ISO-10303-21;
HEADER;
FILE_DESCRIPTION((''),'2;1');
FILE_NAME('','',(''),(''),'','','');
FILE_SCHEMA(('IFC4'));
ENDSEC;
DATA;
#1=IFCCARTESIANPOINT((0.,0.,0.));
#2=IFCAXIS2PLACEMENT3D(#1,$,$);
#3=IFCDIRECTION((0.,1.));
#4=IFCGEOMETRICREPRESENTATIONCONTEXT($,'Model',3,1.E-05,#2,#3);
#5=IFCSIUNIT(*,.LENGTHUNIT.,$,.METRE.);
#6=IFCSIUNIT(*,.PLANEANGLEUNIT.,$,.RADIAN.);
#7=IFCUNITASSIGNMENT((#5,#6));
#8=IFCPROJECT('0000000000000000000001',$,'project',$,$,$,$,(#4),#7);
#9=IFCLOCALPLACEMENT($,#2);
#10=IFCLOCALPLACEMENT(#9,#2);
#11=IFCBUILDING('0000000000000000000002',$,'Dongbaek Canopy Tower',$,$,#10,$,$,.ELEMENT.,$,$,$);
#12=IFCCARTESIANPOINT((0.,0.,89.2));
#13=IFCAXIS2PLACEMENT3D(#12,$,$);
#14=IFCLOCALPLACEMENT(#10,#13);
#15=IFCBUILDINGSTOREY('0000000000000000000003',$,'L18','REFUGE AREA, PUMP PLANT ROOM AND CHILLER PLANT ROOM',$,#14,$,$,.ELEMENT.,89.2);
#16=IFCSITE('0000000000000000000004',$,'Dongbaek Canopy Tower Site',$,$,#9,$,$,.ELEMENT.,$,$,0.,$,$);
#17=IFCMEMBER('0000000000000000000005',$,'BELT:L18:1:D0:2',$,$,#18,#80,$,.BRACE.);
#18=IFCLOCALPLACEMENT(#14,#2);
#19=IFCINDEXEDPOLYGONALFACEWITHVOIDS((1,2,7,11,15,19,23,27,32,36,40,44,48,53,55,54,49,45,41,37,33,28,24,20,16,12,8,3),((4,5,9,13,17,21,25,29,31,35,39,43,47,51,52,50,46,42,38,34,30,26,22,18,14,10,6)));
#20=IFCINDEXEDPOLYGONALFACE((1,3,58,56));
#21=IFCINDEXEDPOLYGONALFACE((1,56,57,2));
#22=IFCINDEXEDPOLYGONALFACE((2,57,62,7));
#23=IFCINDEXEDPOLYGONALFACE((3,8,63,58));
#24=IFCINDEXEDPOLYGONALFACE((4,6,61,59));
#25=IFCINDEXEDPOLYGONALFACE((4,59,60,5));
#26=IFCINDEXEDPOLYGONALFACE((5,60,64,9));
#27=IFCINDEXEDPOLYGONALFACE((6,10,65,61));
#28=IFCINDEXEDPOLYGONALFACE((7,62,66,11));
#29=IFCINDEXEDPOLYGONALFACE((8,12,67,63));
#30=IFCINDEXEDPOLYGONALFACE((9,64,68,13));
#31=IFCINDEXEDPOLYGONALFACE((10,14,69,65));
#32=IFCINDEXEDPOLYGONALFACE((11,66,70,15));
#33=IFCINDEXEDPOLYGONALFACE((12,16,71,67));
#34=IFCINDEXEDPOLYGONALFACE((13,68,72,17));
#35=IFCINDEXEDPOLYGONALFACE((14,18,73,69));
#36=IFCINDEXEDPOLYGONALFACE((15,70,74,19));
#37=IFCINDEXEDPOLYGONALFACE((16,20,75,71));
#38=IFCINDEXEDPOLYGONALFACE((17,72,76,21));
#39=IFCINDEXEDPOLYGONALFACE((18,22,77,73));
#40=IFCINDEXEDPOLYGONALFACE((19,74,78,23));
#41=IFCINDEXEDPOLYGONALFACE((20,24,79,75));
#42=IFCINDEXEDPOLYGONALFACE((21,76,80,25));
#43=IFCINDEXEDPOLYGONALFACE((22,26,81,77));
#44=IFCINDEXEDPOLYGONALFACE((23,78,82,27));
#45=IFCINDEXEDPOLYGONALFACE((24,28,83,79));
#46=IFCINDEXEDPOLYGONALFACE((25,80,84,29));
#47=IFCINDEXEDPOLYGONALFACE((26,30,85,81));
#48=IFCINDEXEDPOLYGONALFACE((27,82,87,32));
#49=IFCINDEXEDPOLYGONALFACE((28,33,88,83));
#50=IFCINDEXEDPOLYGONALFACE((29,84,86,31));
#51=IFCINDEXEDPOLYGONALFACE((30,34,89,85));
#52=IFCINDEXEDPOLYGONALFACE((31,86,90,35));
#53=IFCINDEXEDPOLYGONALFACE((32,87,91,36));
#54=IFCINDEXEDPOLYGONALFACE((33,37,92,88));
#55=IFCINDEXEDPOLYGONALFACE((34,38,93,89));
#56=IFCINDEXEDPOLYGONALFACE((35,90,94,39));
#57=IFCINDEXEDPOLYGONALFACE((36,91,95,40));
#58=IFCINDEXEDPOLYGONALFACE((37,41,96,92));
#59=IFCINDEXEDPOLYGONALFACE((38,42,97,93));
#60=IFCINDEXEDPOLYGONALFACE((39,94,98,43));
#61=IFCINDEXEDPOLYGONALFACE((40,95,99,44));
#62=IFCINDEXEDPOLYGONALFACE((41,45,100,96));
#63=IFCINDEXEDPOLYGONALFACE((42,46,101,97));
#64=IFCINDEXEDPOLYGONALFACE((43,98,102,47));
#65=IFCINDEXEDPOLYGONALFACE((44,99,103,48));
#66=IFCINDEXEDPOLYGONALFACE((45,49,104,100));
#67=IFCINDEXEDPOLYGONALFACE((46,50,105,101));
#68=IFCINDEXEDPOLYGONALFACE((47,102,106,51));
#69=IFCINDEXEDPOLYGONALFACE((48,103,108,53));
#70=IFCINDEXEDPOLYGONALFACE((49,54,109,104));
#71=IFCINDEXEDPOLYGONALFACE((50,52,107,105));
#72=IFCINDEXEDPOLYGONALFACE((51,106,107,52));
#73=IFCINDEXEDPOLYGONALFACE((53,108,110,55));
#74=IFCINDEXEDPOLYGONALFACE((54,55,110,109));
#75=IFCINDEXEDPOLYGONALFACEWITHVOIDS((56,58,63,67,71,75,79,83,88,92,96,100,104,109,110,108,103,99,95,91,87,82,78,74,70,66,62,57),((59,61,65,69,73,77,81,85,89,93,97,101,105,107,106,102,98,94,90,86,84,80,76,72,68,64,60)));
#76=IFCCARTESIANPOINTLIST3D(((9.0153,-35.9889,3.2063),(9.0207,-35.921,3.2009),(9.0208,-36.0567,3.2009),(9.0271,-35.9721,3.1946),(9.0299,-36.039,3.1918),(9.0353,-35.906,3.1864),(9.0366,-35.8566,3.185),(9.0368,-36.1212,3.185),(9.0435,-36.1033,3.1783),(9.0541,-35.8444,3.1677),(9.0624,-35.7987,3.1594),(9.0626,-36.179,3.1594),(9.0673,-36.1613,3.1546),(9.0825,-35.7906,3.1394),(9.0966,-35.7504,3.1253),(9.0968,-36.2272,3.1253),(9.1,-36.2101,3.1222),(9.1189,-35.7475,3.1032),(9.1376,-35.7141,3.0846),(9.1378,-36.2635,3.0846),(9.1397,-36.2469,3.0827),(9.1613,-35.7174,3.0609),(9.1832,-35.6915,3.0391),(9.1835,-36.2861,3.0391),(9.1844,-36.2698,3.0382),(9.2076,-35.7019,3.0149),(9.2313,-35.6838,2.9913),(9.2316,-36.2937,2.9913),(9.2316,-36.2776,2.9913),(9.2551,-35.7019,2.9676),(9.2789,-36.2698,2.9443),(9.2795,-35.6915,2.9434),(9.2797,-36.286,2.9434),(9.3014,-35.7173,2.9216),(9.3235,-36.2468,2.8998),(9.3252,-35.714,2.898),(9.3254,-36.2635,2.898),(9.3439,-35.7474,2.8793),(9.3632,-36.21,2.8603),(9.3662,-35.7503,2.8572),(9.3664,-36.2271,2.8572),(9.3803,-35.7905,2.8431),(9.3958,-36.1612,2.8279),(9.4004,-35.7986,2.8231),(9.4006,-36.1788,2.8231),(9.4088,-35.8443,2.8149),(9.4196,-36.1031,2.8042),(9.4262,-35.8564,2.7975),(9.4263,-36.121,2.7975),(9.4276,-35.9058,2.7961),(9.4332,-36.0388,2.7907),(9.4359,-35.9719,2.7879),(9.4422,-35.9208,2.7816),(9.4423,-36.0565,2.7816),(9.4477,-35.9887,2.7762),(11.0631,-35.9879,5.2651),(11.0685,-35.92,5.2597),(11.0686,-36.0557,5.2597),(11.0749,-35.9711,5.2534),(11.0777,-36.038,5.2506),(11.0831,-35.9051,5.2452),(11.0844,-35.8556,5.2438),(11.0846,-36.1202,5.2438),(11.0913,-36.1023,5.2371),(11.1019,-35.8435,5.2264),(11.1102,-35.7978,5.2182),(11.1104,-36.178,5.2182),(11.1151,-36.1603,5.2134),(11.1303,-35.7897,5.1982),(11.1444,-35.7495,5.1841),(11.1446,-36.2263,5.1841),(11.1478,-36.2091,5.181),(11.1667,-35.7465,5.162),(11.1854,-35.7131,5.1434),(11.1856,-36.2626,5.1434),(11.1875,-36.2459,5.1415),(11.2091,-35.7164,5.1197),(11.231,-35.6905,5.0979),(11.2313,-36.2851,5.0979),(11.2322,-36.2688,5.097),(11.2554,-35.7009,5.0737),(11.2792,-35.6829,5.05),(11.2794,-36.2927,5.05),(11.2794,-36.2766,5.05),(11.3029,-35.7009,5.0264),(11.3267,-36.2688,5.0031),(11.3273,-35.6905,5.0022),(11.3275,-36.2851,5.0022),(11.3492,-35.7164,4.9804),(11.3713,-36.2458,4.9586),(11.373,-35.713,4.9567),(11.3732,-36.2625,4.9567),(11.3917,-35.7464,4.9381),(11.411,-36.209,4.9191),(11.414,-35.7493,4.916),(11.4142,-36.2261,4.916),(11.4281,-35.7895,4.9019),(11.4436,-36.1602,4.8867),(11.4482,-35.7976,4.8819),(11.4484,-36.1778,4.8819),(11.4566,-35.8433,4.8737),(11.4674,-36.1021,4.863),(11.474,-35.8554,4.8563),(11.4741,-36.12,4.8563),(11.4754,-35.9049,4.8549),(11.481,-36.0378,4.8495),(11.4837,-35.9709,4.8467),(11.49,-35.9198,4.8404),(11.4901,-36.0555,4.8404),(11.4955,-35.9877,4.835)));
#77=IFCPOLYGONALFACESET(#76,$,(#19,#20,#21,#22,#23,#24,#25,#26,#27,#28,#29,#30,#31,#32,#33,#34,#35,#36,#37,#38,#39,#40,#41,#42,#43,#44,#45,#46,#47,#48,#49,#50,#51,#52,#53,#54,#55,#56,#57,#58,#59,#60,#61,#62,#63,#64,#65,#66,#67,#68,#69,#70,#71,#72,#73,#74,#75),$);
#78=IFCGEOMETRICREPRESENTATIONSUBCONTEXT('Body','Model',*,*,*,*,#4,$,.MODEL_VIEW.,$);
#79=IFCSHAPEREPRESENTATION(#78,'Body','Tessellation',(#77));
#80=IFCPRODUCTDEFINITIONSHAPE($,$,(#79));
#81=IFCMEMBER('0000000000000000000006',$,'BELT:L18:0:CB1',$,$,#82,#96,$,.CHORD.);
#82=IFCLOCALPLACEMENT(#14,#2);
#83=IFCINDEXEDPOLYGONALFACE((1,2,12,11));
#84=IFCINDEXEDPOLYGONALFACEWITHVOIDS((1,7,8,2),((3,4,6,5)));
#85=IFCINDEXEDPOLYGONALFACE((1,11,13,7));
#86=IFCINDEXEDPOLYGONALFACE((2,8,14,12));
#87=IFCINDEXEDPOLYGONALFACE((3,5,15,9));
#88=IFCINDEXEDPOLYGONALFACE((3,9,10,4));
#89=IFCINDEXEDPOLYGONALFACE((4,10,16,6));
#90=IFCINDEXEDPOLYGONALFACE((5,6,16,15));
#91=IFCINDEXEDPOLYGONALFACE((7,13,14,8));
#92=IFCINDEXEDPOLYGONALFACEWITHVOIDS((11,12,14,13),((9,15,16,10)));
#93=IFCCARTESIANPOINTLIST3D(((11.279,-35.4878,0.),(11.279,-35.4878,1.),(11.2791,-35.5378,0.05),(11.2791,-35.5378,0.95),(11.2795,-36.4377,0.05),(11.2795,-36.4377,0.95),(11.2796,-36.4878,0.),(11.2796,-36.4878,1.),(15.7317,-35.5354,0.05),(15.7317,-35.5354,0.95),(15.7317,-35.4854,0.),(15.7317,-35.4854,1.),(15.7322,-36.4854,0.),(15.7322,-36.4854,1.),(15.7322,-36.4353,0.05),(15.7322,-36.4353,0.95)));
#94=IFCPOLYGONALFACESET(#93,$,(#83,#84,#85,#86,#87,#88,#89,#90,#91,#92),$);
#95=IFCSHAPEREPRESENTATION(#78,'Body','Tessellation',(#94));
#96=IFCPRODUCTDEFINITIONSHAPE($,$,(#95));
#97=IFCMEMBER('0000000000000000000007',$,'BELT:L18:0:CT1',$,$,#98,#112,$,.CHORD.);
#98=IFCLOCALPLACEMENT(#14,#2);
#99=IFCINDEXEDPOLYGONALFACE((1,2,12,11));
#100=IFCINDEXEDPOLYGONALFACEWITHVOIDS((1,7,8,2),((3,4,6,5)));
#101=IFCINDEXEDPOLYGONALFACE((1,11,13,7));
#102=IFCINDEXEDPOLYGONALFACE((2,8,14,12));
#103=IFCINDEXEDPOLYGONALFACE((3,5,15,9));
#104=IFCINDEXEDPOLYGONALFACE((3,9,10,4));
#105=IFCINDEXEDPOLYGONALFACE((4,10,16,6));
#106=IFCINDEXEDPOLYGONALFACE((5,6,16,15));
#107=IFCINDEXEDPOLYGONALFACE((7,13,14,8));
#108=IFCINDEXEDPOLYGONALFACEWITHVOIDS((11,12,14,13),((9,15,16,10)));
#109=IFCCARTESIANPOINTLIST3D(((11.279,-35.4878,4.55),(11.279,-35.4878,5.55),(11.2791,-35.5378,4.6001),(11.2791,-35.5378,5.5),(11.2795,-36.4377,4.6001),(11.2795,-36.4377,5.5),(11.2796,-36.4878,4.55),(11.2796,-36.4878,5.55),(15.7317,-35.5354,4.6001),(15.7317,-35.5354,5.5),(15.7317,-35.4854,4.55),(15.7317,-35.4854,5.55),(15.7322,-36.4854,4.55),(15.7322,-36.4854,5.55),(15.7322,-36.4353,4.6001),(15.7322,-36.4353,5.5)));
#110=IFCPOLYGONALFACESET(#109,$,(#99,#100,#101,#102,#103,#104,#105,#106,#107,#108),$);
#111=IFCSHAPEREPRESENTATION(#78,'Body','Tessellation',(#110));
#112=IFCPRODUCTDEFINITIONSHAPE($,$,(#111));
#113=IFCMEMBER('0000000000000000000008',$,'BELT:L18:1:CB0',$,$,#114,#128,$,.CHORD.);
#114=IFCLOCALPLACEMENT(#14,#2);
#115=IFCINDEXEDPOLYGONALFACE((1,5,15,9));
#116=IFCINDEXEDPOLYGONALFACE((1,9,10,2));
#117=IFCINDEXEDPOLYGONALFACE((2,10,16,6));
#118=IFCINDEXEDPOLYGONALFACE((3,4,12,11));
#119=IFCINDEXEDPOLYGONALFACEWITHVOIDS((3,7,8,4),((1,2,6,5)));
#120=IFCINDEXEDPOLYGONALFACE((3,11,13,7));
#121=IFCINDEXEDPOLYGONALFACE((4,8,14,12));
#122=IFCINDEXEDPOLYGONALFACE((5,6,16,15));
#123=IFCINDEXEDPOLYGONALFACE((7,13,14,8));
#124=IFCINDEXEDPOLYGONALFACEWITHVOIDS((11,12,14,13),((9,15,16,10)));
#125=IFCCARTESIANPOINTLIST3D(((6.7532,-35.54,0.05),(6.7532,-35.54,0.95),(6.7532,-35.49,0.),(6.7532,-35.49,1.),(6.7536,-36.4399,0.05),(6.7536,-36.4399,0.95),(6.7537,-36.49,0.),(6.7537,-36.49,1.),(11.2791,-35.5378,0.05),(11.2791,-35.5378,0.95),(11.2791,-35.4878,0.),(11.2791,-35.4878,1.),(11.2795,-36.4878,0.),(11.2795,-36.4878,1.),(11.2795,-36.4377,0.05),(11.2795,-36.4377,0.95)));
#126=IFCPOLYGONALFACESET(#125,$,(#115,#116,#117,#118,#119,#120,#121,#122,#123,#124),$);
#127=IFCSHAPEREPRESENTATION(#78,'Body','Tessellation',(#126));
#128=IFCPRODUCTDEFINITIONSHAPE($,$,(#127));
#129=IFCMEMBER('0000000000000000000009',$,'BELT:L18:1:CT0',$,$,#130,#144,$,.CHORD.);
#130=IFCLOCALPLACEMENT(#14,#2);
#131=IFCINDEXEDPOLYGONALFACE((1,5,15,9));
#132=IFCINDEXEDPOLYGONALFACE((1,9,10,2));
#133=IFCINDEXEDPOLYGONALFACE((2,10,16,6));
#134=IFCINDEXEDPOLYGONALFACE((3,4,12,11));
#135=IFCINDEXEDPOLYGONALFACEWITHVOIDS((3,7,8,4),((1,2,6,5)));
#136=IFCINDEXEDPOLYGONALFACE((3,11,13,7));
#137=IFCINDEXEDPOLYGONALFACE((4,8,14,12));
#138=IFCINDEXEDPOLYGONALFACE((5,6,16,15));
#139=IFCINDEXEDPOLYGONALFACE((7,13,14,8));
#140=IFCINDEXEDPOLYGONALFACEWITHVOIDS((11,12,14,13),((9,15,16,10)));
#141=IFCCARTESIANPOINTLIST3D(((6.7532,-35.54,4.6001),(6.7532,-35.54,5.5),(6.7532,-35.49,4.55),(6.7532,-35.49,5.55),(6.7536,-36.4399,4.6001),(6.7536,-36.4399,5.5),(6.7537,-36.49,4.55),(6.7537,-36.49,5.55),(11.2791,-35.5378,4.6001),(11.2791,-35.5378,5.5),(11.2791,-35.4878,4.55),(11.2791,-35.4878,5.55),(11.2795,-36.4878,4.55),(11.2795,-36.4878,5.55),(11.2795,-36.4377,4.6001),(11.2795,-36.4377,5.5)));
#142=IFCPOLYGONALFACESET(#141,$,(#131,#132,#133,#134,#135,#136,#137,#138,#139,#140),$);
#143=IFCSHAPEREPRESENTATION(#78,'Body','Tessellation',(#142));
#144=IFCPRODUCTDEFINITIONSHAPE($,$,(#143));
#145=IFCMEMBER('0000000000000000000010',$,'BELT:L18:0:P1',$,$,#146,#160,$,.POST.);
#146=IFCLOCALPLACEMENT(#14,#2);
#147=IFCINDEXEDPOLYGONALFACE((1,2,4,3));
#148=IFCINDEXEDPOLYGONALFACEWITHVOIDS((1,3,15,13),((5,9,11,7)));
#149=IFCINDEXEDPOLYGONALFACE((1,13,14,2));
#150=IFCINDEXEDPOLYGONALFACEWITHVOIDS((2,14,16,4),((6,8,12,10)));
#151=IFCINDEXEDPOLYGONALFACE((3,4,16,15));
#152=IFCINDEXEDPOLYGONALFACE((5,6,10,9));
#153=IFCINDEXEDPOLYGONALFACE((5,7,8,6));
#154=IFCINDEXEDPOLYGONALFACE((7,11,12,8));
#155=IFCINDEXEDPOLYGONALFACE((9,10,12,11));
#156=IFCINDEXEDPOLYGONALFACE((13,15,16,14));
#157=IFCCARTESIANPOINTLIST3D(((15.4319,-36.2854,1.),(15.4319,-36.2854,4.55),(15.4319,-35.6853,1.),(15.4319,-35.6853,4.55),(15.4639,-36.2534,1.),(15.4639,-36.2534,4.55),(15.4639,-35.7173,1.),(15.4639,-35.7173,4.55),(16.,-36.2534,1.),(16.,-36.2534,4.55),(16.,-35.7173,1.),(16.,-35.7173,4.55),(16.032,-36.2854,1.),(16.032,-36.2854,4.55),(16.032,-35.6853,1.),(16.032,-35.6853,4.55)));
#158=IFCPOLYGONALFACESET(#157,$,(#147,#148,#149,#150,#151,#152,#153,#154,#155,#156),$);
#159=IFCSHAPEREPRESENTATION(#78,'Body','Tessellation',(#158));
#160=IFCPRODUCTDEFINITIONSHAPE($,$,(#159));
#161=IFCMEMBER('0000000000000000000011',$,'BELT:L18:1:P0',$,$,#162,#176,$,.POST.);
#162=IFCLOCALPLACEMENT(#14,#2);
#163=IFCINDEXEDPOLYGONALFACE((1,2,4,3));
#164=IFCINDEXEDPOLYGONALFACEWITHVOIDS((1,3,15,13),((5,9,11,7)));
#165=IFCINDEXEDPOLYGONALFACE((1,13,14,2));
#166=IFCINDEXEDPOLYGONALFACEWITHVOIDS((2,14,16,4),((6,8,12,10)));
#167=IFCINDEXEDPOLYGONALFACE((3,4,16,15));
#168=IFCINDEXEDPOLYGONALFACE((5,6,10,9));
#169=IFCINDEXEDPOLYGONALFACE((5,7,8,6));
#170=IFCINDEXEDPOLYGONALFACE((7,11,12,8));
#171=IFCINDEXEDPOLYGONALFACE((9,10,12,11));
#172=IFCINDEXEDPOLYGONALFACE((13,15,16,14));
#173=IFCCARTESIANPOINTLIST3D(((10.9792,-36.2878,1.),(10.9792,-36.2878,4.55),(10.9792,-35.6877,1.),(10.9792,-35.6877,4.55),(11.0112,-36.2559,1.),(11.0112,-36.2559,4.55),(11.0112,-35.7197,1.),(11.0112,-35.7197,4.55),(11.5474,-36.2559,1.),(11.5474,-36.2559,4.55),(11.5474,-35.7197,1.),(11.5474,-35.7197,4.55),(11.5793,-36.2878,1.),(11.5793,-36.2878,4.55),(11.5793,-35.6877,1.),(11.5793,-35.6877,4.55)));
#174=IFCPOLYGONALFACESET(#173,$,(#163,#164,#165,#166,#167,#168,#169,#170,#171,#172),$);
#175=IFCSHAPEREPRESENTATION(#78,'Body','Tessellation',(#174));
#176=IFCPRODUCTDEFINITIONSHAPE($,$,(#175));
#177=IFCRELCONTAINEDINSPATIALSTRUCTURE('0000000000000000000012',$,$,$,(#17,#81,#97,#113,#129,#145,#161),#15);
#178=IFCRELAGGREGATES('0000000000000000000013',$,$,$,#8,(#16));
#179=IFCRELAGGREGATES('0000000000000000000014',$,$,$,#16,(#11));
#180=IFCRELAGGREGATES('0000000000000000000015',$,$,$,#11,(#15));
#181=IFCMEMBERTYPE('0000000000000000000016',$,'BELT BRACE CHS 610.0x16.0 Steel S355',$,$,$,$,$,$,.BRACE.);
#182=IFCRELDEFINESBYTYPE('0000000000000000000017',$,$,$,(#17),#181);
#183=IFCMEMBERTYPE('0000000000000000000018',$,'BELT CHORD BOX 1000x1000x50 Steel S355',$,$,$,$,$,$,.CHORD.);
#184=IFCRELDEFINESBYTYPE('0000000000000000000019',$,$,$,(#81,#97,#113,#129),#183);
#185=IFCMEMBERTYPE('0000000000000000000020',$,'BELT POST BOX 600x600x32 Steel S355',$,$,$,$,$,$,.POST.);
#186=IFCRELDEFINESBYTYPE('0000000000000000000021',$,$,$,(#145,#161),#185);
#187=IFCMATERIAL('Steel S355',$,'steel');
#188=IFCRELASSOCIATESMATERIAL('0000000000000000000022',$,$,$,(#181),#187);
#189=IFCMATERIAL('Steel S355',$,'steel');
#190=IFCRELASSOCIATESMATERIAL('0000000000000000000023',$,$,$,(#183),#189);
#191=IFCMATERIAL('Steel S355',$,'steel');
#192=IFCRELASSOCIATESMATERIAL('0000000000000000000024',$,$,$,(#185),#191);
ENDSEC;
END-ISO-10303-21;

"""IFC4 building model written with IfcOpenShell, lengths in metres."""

from ifc_helpers import new_model, si_unit, direction, frame, origin, origin_2d, place, context, subcontext, project, spatial, hollow_rectangle, hollow_circle, extrude, material, material_profile, profile_set, type_object, element, save


model = new_model("IFC4")

# Units and contexts
model_context = context("Model", 3, precision=1e-05, world=origin(), true_north=direction((0.0, 1.0)))
body_context = subcontext(model_context, "Body", "Model", "MODEL_VIEW")
ifc_project = project(units=[si_unit("LENGTHUNIT", "METRE"), si_unit("PLANEANGLEUNIT", "RADIAN")], contexts=[model_context])

# Site, building, storey
site_placement = place(None, origin())
site = spatial("IfcSite", under=ifc_project, at=site_placement, Name="Dongbaek Canopy Tower Site", CompositionType="ELEMENT", RefElevation=0.0)
building_placement = place(site_placement, origin())
building = spatial("IfcBuilding", under=site, at=building_placement, Name="Dongbaek Canopy Tower", CompositionType="ELEMENT")
storey_placement = place(building_placement, frame((0.0, 0.0, 89.2)))
storey = spatial("IfcBuildingStorey", under=building, at=storey_placement, Name="L18", Description="REFUGE AREA, PUMP PLANT ROOM AND CHILLER PLANT ROOM", CompositionType="ELEMENT", Elevation=89.2)

# Members
ifc_material_1 = material(Name="Steel S355", Category="steel")
ifc_material_profile_1 = material_profile(ifc_material_1, hollow_circle(Radius=0.3049, WallThickness=0.0161, at=origin_2d()), Name="BELT BRACE CHS 610.0x16.0 Steel S355")
ifc_profile_set_1 = profile_set([ifc_material_profile_1], Name="Steel S355")
member_type_1 = type_object("IfcMemberType", Name="BELT BRACE CHS 610.0x16.0 Steel S355", PredefinedType="BRACE", material=ifc_profile_set_1)
member_1_placement = place(storey_placement, frame((11.2793, -35.9878, 5.05), z_axis=(-0.705213, -0.000336, -0.708996), x_axis=(0.000477, -1.0, 0.0)))
element("IfcMember", 1, at=member_1_placement, inside=storey, type_object=member_type_1, Name="BELT:L18:1:D0:2", PredefinedType="BRACE", context=body_context, shape_type="SweptSolid", body=[
    extrude(hollow_circle(Radius=0.3049, WallThickness=0.0161, at=origin_2d()), origin(), (0.0, 0.0, 1.0), 2.9038),
])
ifc_material_2 = material(Name="Steel S355", Category="steel")
ifc_material_profile_2 = material_profile(ifc_material_2, hollow_rectangle(XDim=1.0, YDim=1.0, WallThickness=0.05, at=origin_2d()), Name="BELT CHORD BOX 1000x1000x50 Steel S355")
ifc_profile_set_2 = profile_set([ifc_material_profile_2], Name="Steel S355")
member_type_2 = type_object("IfcMemberType", Name="BELT CHORD BOX 1000x1000x50 Steel S355", PredefinedType="CHORD", material=ifc_profile_set_2)
for number, where, z_axis, x_axis, name in (
    (2, (15.7319, -35.9854, 0.5), (-1.0, -0.000548, 0.0), (0.000548, -1.0, 0.0), "BELT:L18:0:CB1"),
    (3, (15.7319, -35.9854, 5.05), (-1.0, -0.000548, 0.0), (0.000548, -1.0, 0.0), "BELT:L18:0:CT1"),
):
    element("IfcMember", number, at=place(storey_placement, frame(where, z_axis=z_axis, x_axis=x_axis)), inside=storey, type_object=member_type_2, Name=name, PredefinedType="CHORD", context=body_context, shape_type="SweptSolid", body=[
        extrude(hollow_rectangle(XDim=1.0, YDim=1.0, WallThickness=0.05, at=origin_2d()), origin(), (0.0, 0.0, 1.0), 4.4526),
    ])
for number, where, z_axis, x_axis, name in (
    (4, (11.2793, -35.9878, 0.5), (-1.0, -0.000485, 0.0), (0.000485, -1.0, 0.0), "BELT:L18:1:CB0"),
    (5, (11.2793, -35.9878, 5.05), (-1.0, -0.000485, 0.0), (0.000485, -1.0, 0.0), "BELT:L18:1:CT0"),
):
    element("IfcMember", number, at=place(storey_placement, frame(where, z_axis=z_axis, x_axis=x_axis)), inside=storey, type_object=member_type_2, Name=name, PredefinedType="CHORD", context=body_context, shape_type="SweptSolid", body=[
        extrude(hollow_rectangle(XDim=1.0, YDim=1.0, WallThickness=0.05, at=origin_2d()), origin(), (0.0, 0.0, 1.0), 4.5259),
    ])
ifc_material_3 = material(Name="Steel S355", Category="steel")
ifc_material_profile_3 = material_profile(ifc_material_3, hollow_rectangle(XDim=0.6001, YDim=0.6001, WallThickness=0.032, at=origin_2d()), Name="BELT POST BOX 600x600x32 Steel S355")
ifc_profile_set_3 = profile_set([ifc_material_profile_3], Name="Steel S355")
member_type_3 = type_object("IfcMemberType", Name="BELT POST BOX 600x600x32 Steel S355", PredefinedType="POST", material=ifc_profile_set_3)
for number, where, z_axis, x_axis, name in (
    (6, (15.7319, -35.9854, 1.0), (0.0, 0.0, 1.0), (1.0, 0.0, 0.0), "BELT:L18:0:P1"),
    (7, (11.2793, -35.9878, 1.0), (0.0, 0.0, 1.0), (1.0, 0.0, 0.0), "BELT:L18:1:P0"),
):
    element("IfcMember", number, at=place(storey_placement, frame(where, z_axis=z_axis, x_axis=x_axis)), inside=storey, type_object=member_type_3, Name=name, PredefinedType="POST", context=body_context, shape_type="SweptSolid", body=[
        extrude(hollow_rectangle(XDim=0.6001, YDim=0.6001, WallThickness=0.032, at=origin_2d()), origin(), (0.0, 0.0, 1.0), 3.55),
    ])

save(model, "model.ifc")
